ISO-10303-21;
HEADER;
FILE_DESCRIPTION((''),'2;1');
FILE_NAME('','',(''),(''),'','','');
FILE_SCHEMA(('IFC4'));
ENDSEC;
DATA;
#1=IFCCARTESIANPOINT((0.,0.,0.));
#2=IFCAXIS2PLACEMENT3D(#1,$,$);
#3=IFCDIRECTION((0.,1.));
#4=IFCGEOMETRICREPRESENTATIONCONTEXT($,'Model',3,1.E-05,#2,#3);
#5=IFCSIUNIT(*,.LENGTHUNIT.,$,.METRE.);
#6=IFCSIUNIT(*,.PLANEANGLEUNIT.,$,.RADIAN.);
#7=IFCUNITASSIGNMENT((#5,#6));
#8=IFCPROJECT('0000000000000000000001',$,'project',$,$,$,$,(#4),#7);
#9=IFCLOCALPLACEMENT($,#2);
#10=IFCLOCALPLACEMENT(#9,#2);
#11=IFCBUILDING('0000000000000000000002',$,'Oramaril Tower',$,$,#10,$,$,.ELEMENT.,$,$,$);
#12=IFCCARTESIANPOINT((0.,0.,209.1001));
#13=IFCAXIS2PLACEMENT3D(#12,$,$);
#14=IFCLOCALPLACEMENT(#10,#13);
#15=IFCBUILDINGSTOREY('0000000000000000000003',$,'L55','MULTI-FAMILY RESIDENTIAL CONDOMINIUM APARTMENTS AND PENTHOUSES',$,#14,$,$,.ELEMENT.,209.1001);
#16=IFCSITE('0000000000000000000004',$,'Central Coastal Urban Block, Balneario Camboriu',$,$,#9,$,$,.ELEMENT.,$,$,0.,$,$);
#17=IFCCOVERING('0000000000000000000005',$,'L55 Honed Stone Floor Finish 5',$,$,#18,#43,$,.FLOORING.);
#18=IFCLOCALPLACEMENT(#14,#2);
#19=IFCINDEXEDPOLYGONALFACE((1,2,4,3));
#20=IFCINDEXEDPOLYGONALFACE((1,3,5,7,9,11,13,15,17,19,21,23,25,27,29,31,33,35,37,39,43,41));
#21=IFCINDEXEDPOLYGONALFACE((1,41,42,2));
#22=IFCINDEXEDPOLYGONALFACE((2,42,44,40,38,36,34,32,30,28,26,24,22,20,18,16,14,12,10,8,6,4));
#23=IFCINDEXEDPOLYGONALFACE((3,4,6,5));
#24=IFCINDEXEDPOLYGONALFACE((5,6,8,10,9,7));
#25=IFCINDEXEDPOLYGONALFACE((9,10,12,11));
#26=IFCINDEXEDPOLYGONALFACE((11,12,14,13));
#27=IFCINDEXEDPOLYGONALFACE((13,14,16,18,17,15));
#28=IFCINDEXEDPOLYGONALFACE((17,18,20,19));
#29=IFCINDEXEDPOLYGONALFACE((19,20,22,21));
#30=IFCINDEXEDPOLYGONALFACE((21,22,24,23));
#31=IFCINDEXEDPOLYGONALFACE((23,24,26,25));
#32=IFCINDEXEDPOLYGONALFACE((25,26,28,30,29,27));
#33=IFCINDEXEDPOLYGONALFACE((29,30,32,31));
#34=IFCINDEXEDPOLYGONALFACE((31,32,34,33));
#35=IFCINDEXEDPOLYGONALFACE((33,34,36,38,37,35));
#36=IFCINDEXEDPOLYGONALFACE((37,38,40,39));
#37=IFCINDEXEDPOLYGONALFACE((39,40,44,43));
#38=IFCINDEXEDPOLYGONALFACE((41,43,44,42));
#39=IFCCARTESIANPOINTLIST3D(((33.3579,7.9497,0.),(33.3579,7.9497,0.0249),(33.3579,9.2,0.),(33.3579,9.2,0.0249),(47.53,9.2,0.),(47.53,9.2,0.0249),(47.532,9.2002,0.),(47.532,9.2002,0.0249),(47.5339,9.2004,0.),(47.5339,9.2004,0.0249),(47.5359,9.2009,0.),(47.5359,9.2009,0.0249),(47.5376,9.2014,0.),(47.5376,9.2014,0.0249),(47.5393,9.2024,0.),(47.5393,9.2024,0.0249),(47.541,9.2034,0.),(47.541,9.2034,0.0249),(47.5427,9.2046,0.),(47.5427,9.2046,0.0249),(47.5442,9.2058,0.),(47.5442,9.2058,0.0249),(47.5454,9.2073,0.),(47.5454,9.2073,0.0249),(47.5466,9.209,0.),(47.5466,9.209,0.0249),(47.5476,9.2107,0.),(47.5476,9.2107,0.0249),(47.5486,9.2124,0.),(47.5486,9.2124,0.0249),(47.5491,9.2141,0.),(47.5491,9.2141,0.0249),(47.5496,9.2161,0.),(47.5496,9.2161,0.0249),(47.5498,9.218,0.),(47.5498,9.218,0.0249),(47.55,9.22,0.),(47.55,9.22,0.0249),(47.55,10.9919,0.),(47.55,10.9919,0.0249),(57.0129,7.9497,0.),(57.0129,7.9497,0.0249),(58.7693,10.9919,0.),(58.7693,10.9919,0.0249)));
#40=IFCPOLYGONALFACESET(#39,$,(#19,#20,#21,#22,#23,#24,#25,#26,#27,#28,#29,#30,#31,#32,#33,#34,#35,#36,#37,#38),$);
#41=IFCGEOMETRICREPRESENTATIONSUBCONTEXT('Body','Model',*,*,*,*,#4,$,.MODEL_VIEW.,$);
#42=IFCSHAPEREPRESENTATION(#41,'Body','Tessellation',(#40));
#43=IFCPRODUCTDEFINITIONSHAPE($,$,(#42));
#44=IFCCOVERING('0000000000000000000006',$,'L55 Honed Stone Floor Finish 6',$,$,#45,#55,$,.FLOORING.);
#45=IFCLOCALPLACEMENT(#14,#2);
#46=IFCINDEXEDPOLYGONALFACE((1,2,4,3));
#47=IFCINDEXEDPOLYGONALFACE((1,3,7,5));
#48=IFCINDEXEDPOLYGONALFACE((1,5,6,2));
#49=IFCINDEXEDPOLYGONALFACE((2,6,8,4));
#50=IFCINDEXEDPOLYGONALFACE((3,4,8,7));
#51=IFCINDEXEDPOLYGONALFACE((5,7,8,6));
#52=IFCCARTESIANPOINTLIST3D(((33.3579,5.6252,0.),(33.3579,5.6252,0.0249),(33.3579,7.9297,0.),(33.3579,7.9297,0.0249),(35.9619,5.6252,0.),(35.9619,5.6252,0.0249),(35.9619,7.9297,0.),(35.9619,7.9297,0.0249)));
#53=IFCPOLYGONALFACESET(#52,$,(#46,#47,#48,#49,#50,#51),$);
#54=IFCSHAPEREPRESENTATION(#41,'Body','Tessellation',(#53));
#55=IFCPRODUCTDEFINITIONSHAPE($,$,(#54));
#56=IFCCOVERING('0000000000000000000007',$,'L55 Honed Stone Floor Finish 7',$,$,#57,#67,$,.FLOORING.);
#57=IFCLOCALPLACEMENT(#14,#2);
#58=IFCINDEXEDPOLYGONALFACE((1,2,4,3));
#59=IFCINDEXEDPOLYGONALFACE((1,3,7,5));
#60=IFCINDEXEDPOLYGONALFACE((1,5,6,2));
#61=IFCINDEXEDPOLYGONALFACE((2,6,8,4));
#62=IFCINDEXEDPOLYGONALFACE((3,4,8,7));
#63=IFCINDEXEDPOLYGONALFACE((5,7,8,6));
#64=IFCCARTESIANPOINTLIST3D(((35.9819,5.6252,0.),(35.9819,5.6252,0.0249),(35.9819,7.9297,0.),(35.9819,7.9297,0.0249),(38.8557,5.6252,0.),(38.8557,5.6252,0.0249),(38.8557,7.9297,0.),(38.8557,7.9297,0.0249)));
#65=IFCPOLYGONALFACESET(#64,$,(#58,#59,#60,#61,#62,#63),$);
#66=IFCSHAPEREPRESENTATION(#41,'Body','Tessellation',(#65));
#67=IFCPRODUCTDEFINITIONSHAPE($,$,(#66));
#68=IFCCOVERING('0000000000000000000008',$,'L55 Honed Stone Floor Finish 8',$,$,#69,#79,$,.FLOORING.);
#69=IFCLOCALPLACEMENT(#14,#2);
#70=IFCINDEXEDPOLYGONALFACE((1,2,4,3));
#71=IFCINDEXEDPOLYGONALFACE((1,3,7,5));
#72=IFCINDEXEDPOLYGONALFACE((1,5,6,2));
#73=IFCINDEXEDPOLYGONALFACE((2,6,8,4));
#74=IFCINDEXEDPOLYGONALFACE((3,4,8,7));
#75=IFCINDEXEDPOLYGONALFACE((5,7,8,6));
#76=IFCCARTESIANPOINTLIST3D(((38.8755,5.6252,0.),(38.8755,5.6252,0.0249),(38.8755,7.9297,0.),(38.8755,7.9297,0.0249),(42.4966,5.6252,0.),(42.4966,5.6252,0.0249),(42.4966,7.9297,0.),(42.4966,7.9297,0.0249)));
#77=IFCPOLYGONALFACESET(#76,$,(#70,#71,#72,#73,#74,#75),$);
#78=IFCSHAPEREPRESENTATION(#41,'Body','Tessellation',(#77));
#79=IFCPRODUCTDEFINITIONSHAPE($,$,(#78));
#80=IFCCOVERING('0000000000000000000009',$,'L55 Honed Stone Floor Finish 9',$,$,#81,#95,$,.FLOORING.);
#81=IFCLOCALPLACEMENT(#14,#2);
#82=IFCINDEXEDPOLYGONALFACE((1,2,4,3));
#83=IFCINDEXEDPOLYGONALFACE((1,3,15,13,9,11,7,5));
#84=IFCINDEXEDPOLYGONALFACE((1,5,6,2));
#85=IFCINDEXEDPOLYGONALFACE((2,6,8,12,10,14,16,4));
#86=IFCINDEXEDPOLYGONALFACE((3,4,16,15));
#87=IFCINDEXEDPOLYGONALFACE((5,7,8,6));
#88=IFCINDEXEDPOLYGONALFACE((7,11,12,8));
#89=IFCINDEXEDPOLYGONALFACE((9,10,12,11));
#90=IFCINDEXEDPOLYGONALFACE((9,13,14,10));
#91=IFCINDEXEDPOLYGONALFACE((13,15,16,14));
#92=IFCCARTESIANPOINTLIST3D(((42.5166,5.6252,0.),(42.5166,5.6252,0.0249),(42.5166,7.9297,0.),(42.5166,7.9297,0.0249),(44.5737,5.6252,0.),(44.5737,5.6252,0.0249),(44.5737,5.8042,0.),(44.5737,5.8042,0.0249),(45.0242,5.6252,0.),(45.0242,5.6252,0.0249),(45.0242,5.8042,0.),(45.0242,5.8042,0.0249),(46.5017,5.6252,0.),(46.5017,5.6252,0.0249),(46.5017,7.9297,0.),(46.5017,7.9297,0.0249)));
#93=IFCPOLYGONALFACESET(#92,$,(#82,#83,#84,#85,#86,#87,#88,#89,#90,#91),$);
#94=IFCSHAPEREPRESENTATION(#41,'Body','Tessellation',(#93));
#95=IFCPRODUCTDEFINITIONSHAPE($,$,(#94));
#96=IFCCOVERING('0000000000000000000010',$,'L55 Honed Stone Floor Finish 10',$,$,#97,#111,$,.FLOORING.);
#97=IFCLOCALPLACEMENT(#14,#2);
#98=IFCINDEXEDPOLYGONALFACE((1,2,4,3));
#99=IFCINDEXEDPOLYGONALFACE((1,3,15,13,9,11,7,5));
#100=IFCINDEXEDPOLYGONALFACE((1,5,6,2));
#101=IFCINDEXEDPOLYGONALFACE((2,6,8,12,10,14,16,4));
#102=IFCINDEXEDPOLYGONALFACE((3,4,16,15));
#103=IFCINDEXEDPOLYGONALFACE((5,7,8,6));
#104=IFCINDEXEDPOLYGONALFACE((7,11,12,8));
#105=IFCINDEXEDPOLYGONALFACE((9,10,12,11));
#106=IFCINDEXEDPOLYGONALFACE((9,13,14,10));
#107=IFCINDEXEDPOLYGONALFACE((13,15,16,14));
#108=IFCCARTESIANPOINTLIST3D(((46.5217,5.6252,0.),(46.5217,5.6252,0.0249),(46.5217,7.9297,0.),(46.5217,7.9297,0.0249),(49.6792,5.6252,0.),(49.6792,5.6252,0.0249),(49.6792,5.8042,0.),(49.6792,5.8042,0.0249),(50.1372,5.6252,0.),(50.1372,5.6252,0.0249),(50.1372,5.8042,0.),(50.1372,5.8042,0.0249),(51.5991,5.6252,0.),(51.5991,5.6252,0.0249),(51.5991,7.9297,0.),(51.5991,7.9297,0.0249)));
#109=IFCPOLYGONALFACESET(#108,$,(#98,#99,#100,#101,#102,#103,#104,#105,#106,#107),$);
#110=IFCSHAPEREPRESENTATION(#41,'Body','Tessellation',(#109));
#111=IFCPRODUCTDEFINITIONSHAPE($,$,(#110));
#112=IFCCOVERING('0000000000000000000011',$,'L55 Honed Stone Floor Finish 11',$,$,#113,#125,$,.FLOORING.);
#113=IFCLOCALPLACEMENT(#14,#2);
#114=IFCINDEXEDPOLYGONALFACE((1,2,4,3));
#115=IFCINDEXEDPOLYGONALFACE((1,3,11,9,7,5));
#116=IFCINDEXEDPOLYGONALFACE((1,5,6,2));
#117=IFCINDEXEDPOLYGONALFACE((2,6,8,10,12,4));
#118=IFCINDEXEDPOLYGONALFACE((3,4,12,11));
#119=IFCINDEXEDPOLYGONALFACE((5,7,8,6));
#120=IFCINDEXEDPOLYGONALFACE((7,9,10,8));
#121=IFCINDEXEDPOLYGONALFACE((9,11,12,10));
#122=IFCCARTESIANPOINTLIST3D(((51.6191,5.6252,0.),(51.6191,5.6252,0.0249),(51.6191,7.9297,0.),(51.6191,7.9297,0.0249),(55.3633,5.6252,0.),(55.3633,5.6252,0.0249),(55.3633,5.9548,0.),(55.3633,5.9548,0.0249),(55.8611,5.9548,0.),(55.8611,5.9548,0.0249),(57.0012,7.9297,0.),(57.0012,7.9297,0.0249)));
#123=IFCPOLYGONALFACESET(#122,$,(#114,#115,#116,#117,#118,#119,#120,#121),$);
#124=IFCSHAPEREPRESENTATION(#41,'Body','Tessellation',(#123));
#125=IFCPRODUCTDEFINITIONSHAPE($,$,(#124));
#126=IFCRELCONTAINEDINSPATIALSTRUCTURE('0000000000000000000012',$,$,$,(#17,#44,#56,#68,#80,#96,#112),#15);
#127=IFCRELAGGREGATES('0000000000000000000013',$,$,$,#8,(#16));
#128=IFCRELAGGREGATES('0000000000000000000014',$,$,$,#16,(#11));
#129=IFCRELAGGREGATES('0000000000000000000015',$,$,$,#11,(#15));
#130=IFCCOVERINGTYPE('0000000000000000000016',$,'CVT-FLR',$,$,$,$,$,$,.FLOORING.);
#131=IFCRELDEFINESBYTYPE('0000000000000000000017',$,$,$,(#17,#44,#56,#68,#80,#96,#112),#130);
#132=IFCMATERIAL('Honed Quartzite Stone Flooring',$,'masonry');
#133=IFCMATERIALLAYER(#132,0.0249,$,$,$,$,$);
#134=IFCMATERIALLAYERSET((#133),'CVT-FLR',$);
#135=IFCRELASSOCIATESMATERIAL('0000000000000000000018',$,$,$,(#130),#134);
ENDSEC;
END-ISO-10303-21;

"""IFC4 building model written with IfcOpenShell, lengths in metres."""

from ifc_helpers import new_model, si_unit, direction, frame, origin, place, context, subcontext, project, spatial, polyline, outline, extrude, material, layer, layer_set, type_object, element, save


model = new_model("IFC4")

# Units and contexts
model_context = context("Model", 3, precision=1e-05, world=origin(), true_north=direction((0.0, 1.0)))
body_context = subcontext(model_context, "Body", "Model", "MODEL_VIEW")
ifc_project = project(units=[si_unit("LENGTHUNIT", "METRE"), si_unit("PLANEANGLEUNIT", "RADIAN")], contexts=[model_context])

# Site, building, storey
site_placement = place(None, origin())
site = spatial("IfcSite", under=ifc_project, at=site_placement, Name="Central Coastal Urban Block, Balneario Camboriu", CompositionType="ELEMENT", RefElevation=0.0)
building_placement = place(site_placement, origin())
building = spatial("IfcBuilding", under=site, at=building_placement, Name="Oramaril Tower", CompositionType="ELEMENT")
storey_placement = place(building_placement, frame((0.0, 0.0, 209.1001)))
storey = spatial("IfcBuildingStorey", under=building, at=storey_placement, Name="L55", Description="MULTI-FAMILY RESIDENTIAL CONDOMINIUM APARTMENTS AND PENTHOUSES", CompositionType="ELEMENT", Elevation=209.1001)

# Coverings
ifc_material_1 = material(Name="Honed Quartzite Stone Flooring", Category="masonry")
ifc_layer_1 = layer(ifc_material_1, 0.0249)
ifc_layer_set_1 = layer_set([ifc_layer_1], Name="CVT-FLR")
covering_type_1 = type_object("IfcCoveringType", Name="CVT-FLR", PredefinedType="FLOORING", material=ifc_layer_set_1)
covering_1_placement = place(storey_placement, origin())
element("IfcCovering", 1, at=covering_1_placement, inside=storey, type_object=covering_type_1, Name="L55 Honed Stone Floor Finish 5", PredefinedType="FLOORING", context=body_context, shape_type="SweptSolid", body=[
    extrude(outline(polyline([(58.7693, 10.9919), (57.0129, 7.9497), (33.3579, 7.9497), (33.3579, 9.2), (47.53, 9.2), (47.532, 9.2002), (47.5339, 9.2004), (47.5359, 9.2009), (47.5376, 9.2014), (47.5393, 9.2024), (47.541, 9.2034), (47.5427, 9.2046), (47.5442, 9.2058), (47.5454, 9.2073), (47.5466, 9.209), (47.5476, 9.2107), (47.5486, 9.2124), (47.5491, 9.2141), (47.5496, 9.2161), (47.5498, 9.218), (47.55, 9.22), (47.55, 10.9919), (58.7693, 10.9919)])), origin(), (0.0, 0.0, 1.0), 0.0249),
])
covering_2_placement = place(storey_placement, origin())
element("IfcCovering", 2, at=covering_2_placement, inside=storey, type_object=covering_type_1, Name="L55 Honed Stone Floor Finish 6", PredefinedType="FLOORING", context=body_context, shape_type="SweptSolid", body=[
    extrude(outline(polyline([(35.9619, 5.6252), (33.3579, 5.6252), (33.3579, 7.9297), (35.9619, 7.9297), (35.9619, 5.6252)])), origin(), (0.0, 0.0, 1.0), 0.0249),
])
covering_3_placement = place(storey_placement, origin())
element("IfcCovering", 3, at=covering_3_placement, inside=storey, type_object=covering_type_1, Name="L55 Honed Stone Floor Finish 7", PredefinedType="FLOORING", context=body_context, shape_type="SweptSolid", body=[
    extrude(outline(polyline([(35.9819, 5.6252), (35.9819, 7.9297), (38.8557, 7.9297), (38.8557, 5.6252), (35.9819, 5.6252)])), origin(), (0.0, 0.0, 1.0), 0.0249),
])
covering_4_placement = place(storey_placement, origin())
element("IfcCovering", 4, at=covering_4_placement, inside=storey, type_object=covering_type_1, Name="L55 Honed Stone Floor Finish 8", PredefinedType="FLOORING", context=body_context, shape_type="SweptSolid", body=[
    extrude(outline(polyline([(38.8755, 5.6252), (38.8755, 7.9297), (42.4966, 7.9297), (42.4966, 5.6252), (38.8755, 5.6252)])), origin(), (0.0, 0.0, 1.0), 0.0249),
])
covering_5_placement = place(storey_placement, origin())
element("IfcCovering", 5, at=covering_5_placement, inside=storey, type_object=covering_type_1, Name="L55 Honed Stone Floor Finish 9", PredefinedType="FLOORING", context=body_context, shape_type="SweptSolid", body=[
    extrude(outline(polyline([(45.0242, 5.6252), (45.0242, 5.8042), (44.5737, 5.8042), (44.5737, 5.6252), (42.5166, 5.6252), (42.5166, 7.9297), (46.5017, 7.9297), (46.5017, 5.6252), (45.0242, 5.6252)])), origin(), (0.0, 0.0, 1.0), 0.0249),
])
covering_6_placement = place(storey_placement, origin())
element("IfcCovering", 6, at=covering_6_placement, inside=storey, type_object=covering_type_1, Name="L55 Honed Stone Floor Finish 10", PredefinedType="FLOORING", context=body_context, shape_type="SweptSolid", body=[
    extrude(outline(polyline([(50.1372, 5.6252), (50.1372, 5.8042), (49.6792, 5.8042), (49.6792, 5.6252), (46.5217, 5.6252), (46.5217, 7.9297), (51.5991, 7.9297), (51.5991, 5.6252), (50.1372, 5.6252)])), origin(), (0.0, 0.0, 1.0), 0.0249),
])
covering_7_placement = place(storey_placement, origin())
element("IfcCovering", 7, at=covering_7_placement, inside=storey, type_object=covering_type_1, Name="L55 Honed Stone Floor Finish 11", PredefinedType="FLOORING", context=body_context, shape_type="SweptSolid", body=[
    extrude(outline(polyline([(55.3633, 5.9548), (55.3633, 5.6252), (51.6191, 5.6252), (51.6191, 7.9297), (57.0012, 7.9297), (55.8611, 5.9548), (55.3633, 5.9548)])), origin(), (0.0, 0.0, 1.0), 0.0249),
])

save(model, "model.ifc")
